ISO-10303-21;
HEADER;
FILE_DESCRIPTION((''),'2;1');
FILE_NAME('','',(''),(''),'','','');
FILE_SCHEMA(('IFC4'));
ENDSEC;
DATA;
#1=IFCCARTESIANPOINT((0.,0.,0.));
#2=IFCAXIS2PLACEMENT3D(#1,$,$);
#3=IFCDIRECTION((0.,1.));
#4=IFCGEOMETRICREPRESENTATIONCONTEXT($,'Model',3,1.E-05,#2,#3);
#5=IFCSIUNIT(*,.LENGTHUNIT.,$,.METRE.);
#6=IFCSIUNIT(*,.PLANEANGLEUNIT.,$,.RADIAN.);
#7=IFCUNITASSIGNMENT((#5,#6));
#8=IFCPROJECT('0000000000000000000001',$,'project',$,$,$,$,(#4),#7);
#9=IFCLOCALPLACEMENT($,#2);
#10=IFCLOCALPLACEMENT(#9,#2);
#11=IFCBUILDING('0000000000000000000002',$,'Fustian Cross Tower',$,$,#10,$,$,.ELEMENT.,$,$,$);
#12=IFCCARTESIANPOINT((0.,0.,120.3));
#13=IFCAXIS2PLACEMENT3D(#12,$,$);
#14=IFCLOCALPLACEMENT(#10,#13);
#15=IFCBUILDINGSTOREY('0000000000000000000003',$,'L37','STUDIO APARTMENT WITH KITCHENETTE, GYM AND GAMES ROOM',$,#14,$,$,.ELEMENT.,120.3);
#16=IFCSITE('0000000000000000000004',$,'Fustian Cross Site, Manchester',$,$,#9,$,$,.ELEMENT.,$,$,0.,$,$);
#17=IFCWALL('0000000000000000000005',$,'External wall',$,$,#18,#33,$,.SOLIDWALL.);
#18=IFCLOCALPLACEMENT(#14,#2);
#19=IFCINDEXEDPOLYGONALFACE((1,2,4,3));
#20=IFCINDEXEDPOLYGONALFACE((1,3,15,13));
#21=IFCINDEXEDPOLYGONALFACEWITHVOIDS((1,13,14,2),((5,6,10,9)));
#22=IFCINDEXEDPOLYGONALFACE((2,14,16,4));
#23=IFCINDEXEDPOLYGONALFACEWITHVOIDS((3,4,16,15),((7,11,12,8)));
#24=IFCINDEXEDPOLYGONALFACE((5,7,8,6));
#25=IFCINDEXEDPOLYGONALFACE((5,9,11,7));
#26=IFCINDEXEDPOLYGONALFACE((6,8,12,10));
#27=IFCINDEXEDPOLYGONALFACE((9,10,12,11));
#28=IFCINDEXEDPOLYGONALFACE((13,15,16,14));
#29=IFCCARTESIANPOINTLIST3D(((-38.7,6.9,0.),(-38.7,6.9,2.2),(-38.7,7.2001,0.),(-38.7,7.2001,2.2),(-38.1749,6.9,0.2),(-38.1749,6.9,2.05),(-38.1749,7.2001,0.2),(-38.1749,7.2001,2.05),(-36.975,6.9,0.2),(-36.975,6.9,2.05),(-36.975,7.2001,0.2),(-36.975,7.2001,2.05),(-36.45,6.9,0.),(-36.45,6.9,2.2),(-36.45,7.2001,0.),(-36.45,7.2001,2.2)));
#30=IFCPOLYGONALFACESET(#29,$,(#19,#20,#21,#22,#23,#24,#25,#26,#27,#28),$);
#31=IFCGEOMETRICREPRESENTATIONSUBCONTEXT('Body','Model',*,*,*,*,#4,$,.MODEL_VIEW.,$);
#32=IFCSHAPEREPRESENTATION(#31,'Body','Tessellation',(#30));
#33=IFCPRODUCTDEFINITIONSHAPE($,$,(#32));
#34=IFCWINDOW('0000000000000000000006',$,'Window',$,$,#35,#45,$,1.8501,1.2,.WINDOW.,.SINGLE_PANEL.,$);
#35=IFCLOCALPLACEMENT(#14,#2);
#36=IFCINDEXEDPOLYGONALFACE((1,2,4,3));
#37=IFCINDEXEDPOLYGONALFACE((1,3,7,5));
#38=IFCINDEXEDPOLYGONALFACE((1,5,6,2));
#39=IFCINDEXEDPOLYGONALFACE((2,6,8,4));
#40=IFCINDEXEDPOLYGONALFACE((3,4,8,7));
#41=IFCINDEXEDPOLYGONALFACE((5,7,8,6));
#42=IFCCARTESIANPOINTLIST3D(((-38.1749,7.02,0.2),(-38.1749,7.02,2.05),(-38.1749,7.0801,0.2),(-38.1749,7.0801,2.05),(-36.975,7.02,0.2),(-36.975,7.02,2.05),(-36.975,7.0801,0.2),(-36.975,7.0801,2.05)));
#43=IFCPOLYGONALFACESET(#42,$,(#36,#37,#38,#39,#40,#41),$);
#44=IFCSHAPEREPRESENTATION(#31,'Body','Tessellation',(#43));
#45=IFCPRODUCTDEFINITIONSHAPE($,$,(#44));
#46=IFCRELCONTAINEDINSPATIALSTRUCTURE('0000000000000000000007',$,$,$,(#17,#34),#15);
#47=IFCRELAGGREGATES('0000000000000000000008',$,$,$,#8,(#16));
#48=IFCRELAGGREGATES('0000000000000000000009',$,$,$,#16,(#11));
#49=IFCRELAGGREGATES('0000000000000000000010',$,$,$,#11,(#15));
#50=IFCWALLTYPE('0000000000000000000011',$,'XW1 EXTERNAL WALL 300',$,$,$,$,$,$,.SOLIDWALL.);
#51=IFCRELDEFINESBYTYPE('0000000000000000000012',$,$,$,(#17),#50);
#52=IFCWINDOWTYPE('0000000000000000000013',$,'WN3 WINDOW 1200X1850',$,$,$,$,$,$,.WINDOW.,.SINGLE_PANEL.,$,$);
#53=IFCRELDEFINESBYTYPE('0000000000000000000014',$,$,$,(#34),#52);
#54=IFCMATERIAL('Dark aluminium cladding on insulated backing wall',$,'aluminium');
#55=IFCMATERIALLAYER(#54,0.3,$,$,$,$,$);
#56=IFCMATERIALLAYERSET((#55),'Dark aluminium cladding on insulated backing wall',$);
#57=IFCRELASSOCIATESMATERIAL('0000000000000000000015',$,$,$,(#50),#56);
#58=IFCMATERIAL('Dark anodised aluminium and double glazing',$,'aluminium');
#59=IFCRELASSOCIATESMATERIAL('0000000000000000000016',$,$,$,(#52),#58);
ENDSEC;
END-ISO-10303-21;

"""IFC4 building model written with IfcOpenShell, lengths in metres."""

from ifc_helpers import new_model, si_unit, direction, frame, frame_2d, origin, place, context, subcontext, project, spatial, rectangle, extrude, material, layer, layer_set, type_object, element, fill, save


model = new_model("IFC4")

# Units and contexts
model_context = context("Model", 3, precision=1e-05, world=origin(), true_north=direction((0.0, 1.0)))
body_context = subcontext(model_context, "Body", "Model", "MODEL_VIEW")
ifc_project = project(units=[si_unit("LENGTHUNIT", "METRE"), si_unit("PLANEANGLEUNIT", "RADIAN")], contexts=[model_context])

# Site, building, storey
site_placement = place(None, origin())
site = spatial("IfcSite", under=ifc_project, at=site_placement, Name="Fustian Cross Site, Manchester", CompositionType="ELEMENT", RefElevation=0.0)
building_placement = place(site_placement, origin())
building = spatial("IfcBuilding", under=site, at=building_placement, Name="Fustian Cross Tower", CompositionType="ELEMENT")
storey_placement = place(building_placement, frame((0.0, 0.0, 120.3)))
storey = spatial("IfcBuildingStorey", under=building, at=storey_placement, Name="L37", Description="STUDIO APARTMENT WITH KITCHENETTE, GYM AND GAMES ROOM", CompositionType="ELEMENT", Elevation=120.3)

# Shared definitions
ifc_material_1 = material(Name="Dark aluminium cladding on insulated backing wall", Category="aluminium")
ifc_layer_1 = layer(ifc_material_1, 0.3)
ifc_layer_set_1 = layer_set([ifc_layer_1], Name="Dark aluminium cladding on insulated backing wall")
wall_type_1 = type_object("IfcWallType", Name="XW1 EXTERNAL WALL 300", PredefinedType="SOLIDWALL", material=ifc_layer_set_1)
ifc_material_2 = material(Name="Dark anodised aluminium and double glazing", Category="aluminium")
window_type = type_object("IfcWindowType", Name="WN3 WINDOW 1200X1850", PartitioningType="SINGLE_PANEL", PredefinedType="WINDOW", material=ifc_material_2)

# Wall, opening, window
wall_1_placement = place(storey_placement, frame((-36.45, 7.05, 0.0), z_axis=(0.0, 0.0, 1.0), x_axis=(-1.0, 0.0, 0.0)))
wall_1 = element("IfcWall", 1, at=wall_1_placement, inside=storey, type_object=wall_type_1, Name="External wall", PredefinedType="SOLIDWALL", context=body_context, shape_type="SweptSolid", body=[
    extrude(rectangle(XDim=2.25, YDim=0.3, at=frame_2d((1.125, 0.0))), origin(), (0.0, 0.0, 1.0), 2.2),
])
opening_1_placement = place(wall_1_placement, frame((0.5249, 0.0, 0.2)))
opening_1 = element("IfcOpeningElement", 2, at=opening_1_placement, cuts=wall_1, PredefinedType="OPENING", context=body_context, shape_type="SweptSolid", body=[
    extrude(rectangle(XDim=1.2, YDim=1.8501, at=frame_2d((0.6001, 0.925))), frame((0.0, 0.1599, 0.0), z_axis=(0.0, -1.0, 0.0), x_axis=(1.0, 0.0, 0.0)), (0.0, 0.0, 1.0), 0.3201),
])
window_1_placement = place(opening_1_placement, origin())
window_1 = element("IfcWindow", 3, at=window_1_placement, inside=storey, type_object=window_type, Name="Window", OverallHeight=1.8501, OverallWidth=1.2, PartitioningType="SINGLE_PANEL", PredefinedType="WINDOW", context=body_context, shape_type="SweptSolid", body=[
    extrude(rectangle(XDim=1.2, YDim=1.8501, at=frame_2d((0.6001, 0.925))), frame((0.0, 0.03, 0.0), z_axis=(0.0, -1.0, 0.0), x_axis=(1.0, 0.0, 0.0)), (0.0, 0.0, 1.0), 0.0601),
])
fill(opening_1, window_1)

save(model, "model.ifc")
